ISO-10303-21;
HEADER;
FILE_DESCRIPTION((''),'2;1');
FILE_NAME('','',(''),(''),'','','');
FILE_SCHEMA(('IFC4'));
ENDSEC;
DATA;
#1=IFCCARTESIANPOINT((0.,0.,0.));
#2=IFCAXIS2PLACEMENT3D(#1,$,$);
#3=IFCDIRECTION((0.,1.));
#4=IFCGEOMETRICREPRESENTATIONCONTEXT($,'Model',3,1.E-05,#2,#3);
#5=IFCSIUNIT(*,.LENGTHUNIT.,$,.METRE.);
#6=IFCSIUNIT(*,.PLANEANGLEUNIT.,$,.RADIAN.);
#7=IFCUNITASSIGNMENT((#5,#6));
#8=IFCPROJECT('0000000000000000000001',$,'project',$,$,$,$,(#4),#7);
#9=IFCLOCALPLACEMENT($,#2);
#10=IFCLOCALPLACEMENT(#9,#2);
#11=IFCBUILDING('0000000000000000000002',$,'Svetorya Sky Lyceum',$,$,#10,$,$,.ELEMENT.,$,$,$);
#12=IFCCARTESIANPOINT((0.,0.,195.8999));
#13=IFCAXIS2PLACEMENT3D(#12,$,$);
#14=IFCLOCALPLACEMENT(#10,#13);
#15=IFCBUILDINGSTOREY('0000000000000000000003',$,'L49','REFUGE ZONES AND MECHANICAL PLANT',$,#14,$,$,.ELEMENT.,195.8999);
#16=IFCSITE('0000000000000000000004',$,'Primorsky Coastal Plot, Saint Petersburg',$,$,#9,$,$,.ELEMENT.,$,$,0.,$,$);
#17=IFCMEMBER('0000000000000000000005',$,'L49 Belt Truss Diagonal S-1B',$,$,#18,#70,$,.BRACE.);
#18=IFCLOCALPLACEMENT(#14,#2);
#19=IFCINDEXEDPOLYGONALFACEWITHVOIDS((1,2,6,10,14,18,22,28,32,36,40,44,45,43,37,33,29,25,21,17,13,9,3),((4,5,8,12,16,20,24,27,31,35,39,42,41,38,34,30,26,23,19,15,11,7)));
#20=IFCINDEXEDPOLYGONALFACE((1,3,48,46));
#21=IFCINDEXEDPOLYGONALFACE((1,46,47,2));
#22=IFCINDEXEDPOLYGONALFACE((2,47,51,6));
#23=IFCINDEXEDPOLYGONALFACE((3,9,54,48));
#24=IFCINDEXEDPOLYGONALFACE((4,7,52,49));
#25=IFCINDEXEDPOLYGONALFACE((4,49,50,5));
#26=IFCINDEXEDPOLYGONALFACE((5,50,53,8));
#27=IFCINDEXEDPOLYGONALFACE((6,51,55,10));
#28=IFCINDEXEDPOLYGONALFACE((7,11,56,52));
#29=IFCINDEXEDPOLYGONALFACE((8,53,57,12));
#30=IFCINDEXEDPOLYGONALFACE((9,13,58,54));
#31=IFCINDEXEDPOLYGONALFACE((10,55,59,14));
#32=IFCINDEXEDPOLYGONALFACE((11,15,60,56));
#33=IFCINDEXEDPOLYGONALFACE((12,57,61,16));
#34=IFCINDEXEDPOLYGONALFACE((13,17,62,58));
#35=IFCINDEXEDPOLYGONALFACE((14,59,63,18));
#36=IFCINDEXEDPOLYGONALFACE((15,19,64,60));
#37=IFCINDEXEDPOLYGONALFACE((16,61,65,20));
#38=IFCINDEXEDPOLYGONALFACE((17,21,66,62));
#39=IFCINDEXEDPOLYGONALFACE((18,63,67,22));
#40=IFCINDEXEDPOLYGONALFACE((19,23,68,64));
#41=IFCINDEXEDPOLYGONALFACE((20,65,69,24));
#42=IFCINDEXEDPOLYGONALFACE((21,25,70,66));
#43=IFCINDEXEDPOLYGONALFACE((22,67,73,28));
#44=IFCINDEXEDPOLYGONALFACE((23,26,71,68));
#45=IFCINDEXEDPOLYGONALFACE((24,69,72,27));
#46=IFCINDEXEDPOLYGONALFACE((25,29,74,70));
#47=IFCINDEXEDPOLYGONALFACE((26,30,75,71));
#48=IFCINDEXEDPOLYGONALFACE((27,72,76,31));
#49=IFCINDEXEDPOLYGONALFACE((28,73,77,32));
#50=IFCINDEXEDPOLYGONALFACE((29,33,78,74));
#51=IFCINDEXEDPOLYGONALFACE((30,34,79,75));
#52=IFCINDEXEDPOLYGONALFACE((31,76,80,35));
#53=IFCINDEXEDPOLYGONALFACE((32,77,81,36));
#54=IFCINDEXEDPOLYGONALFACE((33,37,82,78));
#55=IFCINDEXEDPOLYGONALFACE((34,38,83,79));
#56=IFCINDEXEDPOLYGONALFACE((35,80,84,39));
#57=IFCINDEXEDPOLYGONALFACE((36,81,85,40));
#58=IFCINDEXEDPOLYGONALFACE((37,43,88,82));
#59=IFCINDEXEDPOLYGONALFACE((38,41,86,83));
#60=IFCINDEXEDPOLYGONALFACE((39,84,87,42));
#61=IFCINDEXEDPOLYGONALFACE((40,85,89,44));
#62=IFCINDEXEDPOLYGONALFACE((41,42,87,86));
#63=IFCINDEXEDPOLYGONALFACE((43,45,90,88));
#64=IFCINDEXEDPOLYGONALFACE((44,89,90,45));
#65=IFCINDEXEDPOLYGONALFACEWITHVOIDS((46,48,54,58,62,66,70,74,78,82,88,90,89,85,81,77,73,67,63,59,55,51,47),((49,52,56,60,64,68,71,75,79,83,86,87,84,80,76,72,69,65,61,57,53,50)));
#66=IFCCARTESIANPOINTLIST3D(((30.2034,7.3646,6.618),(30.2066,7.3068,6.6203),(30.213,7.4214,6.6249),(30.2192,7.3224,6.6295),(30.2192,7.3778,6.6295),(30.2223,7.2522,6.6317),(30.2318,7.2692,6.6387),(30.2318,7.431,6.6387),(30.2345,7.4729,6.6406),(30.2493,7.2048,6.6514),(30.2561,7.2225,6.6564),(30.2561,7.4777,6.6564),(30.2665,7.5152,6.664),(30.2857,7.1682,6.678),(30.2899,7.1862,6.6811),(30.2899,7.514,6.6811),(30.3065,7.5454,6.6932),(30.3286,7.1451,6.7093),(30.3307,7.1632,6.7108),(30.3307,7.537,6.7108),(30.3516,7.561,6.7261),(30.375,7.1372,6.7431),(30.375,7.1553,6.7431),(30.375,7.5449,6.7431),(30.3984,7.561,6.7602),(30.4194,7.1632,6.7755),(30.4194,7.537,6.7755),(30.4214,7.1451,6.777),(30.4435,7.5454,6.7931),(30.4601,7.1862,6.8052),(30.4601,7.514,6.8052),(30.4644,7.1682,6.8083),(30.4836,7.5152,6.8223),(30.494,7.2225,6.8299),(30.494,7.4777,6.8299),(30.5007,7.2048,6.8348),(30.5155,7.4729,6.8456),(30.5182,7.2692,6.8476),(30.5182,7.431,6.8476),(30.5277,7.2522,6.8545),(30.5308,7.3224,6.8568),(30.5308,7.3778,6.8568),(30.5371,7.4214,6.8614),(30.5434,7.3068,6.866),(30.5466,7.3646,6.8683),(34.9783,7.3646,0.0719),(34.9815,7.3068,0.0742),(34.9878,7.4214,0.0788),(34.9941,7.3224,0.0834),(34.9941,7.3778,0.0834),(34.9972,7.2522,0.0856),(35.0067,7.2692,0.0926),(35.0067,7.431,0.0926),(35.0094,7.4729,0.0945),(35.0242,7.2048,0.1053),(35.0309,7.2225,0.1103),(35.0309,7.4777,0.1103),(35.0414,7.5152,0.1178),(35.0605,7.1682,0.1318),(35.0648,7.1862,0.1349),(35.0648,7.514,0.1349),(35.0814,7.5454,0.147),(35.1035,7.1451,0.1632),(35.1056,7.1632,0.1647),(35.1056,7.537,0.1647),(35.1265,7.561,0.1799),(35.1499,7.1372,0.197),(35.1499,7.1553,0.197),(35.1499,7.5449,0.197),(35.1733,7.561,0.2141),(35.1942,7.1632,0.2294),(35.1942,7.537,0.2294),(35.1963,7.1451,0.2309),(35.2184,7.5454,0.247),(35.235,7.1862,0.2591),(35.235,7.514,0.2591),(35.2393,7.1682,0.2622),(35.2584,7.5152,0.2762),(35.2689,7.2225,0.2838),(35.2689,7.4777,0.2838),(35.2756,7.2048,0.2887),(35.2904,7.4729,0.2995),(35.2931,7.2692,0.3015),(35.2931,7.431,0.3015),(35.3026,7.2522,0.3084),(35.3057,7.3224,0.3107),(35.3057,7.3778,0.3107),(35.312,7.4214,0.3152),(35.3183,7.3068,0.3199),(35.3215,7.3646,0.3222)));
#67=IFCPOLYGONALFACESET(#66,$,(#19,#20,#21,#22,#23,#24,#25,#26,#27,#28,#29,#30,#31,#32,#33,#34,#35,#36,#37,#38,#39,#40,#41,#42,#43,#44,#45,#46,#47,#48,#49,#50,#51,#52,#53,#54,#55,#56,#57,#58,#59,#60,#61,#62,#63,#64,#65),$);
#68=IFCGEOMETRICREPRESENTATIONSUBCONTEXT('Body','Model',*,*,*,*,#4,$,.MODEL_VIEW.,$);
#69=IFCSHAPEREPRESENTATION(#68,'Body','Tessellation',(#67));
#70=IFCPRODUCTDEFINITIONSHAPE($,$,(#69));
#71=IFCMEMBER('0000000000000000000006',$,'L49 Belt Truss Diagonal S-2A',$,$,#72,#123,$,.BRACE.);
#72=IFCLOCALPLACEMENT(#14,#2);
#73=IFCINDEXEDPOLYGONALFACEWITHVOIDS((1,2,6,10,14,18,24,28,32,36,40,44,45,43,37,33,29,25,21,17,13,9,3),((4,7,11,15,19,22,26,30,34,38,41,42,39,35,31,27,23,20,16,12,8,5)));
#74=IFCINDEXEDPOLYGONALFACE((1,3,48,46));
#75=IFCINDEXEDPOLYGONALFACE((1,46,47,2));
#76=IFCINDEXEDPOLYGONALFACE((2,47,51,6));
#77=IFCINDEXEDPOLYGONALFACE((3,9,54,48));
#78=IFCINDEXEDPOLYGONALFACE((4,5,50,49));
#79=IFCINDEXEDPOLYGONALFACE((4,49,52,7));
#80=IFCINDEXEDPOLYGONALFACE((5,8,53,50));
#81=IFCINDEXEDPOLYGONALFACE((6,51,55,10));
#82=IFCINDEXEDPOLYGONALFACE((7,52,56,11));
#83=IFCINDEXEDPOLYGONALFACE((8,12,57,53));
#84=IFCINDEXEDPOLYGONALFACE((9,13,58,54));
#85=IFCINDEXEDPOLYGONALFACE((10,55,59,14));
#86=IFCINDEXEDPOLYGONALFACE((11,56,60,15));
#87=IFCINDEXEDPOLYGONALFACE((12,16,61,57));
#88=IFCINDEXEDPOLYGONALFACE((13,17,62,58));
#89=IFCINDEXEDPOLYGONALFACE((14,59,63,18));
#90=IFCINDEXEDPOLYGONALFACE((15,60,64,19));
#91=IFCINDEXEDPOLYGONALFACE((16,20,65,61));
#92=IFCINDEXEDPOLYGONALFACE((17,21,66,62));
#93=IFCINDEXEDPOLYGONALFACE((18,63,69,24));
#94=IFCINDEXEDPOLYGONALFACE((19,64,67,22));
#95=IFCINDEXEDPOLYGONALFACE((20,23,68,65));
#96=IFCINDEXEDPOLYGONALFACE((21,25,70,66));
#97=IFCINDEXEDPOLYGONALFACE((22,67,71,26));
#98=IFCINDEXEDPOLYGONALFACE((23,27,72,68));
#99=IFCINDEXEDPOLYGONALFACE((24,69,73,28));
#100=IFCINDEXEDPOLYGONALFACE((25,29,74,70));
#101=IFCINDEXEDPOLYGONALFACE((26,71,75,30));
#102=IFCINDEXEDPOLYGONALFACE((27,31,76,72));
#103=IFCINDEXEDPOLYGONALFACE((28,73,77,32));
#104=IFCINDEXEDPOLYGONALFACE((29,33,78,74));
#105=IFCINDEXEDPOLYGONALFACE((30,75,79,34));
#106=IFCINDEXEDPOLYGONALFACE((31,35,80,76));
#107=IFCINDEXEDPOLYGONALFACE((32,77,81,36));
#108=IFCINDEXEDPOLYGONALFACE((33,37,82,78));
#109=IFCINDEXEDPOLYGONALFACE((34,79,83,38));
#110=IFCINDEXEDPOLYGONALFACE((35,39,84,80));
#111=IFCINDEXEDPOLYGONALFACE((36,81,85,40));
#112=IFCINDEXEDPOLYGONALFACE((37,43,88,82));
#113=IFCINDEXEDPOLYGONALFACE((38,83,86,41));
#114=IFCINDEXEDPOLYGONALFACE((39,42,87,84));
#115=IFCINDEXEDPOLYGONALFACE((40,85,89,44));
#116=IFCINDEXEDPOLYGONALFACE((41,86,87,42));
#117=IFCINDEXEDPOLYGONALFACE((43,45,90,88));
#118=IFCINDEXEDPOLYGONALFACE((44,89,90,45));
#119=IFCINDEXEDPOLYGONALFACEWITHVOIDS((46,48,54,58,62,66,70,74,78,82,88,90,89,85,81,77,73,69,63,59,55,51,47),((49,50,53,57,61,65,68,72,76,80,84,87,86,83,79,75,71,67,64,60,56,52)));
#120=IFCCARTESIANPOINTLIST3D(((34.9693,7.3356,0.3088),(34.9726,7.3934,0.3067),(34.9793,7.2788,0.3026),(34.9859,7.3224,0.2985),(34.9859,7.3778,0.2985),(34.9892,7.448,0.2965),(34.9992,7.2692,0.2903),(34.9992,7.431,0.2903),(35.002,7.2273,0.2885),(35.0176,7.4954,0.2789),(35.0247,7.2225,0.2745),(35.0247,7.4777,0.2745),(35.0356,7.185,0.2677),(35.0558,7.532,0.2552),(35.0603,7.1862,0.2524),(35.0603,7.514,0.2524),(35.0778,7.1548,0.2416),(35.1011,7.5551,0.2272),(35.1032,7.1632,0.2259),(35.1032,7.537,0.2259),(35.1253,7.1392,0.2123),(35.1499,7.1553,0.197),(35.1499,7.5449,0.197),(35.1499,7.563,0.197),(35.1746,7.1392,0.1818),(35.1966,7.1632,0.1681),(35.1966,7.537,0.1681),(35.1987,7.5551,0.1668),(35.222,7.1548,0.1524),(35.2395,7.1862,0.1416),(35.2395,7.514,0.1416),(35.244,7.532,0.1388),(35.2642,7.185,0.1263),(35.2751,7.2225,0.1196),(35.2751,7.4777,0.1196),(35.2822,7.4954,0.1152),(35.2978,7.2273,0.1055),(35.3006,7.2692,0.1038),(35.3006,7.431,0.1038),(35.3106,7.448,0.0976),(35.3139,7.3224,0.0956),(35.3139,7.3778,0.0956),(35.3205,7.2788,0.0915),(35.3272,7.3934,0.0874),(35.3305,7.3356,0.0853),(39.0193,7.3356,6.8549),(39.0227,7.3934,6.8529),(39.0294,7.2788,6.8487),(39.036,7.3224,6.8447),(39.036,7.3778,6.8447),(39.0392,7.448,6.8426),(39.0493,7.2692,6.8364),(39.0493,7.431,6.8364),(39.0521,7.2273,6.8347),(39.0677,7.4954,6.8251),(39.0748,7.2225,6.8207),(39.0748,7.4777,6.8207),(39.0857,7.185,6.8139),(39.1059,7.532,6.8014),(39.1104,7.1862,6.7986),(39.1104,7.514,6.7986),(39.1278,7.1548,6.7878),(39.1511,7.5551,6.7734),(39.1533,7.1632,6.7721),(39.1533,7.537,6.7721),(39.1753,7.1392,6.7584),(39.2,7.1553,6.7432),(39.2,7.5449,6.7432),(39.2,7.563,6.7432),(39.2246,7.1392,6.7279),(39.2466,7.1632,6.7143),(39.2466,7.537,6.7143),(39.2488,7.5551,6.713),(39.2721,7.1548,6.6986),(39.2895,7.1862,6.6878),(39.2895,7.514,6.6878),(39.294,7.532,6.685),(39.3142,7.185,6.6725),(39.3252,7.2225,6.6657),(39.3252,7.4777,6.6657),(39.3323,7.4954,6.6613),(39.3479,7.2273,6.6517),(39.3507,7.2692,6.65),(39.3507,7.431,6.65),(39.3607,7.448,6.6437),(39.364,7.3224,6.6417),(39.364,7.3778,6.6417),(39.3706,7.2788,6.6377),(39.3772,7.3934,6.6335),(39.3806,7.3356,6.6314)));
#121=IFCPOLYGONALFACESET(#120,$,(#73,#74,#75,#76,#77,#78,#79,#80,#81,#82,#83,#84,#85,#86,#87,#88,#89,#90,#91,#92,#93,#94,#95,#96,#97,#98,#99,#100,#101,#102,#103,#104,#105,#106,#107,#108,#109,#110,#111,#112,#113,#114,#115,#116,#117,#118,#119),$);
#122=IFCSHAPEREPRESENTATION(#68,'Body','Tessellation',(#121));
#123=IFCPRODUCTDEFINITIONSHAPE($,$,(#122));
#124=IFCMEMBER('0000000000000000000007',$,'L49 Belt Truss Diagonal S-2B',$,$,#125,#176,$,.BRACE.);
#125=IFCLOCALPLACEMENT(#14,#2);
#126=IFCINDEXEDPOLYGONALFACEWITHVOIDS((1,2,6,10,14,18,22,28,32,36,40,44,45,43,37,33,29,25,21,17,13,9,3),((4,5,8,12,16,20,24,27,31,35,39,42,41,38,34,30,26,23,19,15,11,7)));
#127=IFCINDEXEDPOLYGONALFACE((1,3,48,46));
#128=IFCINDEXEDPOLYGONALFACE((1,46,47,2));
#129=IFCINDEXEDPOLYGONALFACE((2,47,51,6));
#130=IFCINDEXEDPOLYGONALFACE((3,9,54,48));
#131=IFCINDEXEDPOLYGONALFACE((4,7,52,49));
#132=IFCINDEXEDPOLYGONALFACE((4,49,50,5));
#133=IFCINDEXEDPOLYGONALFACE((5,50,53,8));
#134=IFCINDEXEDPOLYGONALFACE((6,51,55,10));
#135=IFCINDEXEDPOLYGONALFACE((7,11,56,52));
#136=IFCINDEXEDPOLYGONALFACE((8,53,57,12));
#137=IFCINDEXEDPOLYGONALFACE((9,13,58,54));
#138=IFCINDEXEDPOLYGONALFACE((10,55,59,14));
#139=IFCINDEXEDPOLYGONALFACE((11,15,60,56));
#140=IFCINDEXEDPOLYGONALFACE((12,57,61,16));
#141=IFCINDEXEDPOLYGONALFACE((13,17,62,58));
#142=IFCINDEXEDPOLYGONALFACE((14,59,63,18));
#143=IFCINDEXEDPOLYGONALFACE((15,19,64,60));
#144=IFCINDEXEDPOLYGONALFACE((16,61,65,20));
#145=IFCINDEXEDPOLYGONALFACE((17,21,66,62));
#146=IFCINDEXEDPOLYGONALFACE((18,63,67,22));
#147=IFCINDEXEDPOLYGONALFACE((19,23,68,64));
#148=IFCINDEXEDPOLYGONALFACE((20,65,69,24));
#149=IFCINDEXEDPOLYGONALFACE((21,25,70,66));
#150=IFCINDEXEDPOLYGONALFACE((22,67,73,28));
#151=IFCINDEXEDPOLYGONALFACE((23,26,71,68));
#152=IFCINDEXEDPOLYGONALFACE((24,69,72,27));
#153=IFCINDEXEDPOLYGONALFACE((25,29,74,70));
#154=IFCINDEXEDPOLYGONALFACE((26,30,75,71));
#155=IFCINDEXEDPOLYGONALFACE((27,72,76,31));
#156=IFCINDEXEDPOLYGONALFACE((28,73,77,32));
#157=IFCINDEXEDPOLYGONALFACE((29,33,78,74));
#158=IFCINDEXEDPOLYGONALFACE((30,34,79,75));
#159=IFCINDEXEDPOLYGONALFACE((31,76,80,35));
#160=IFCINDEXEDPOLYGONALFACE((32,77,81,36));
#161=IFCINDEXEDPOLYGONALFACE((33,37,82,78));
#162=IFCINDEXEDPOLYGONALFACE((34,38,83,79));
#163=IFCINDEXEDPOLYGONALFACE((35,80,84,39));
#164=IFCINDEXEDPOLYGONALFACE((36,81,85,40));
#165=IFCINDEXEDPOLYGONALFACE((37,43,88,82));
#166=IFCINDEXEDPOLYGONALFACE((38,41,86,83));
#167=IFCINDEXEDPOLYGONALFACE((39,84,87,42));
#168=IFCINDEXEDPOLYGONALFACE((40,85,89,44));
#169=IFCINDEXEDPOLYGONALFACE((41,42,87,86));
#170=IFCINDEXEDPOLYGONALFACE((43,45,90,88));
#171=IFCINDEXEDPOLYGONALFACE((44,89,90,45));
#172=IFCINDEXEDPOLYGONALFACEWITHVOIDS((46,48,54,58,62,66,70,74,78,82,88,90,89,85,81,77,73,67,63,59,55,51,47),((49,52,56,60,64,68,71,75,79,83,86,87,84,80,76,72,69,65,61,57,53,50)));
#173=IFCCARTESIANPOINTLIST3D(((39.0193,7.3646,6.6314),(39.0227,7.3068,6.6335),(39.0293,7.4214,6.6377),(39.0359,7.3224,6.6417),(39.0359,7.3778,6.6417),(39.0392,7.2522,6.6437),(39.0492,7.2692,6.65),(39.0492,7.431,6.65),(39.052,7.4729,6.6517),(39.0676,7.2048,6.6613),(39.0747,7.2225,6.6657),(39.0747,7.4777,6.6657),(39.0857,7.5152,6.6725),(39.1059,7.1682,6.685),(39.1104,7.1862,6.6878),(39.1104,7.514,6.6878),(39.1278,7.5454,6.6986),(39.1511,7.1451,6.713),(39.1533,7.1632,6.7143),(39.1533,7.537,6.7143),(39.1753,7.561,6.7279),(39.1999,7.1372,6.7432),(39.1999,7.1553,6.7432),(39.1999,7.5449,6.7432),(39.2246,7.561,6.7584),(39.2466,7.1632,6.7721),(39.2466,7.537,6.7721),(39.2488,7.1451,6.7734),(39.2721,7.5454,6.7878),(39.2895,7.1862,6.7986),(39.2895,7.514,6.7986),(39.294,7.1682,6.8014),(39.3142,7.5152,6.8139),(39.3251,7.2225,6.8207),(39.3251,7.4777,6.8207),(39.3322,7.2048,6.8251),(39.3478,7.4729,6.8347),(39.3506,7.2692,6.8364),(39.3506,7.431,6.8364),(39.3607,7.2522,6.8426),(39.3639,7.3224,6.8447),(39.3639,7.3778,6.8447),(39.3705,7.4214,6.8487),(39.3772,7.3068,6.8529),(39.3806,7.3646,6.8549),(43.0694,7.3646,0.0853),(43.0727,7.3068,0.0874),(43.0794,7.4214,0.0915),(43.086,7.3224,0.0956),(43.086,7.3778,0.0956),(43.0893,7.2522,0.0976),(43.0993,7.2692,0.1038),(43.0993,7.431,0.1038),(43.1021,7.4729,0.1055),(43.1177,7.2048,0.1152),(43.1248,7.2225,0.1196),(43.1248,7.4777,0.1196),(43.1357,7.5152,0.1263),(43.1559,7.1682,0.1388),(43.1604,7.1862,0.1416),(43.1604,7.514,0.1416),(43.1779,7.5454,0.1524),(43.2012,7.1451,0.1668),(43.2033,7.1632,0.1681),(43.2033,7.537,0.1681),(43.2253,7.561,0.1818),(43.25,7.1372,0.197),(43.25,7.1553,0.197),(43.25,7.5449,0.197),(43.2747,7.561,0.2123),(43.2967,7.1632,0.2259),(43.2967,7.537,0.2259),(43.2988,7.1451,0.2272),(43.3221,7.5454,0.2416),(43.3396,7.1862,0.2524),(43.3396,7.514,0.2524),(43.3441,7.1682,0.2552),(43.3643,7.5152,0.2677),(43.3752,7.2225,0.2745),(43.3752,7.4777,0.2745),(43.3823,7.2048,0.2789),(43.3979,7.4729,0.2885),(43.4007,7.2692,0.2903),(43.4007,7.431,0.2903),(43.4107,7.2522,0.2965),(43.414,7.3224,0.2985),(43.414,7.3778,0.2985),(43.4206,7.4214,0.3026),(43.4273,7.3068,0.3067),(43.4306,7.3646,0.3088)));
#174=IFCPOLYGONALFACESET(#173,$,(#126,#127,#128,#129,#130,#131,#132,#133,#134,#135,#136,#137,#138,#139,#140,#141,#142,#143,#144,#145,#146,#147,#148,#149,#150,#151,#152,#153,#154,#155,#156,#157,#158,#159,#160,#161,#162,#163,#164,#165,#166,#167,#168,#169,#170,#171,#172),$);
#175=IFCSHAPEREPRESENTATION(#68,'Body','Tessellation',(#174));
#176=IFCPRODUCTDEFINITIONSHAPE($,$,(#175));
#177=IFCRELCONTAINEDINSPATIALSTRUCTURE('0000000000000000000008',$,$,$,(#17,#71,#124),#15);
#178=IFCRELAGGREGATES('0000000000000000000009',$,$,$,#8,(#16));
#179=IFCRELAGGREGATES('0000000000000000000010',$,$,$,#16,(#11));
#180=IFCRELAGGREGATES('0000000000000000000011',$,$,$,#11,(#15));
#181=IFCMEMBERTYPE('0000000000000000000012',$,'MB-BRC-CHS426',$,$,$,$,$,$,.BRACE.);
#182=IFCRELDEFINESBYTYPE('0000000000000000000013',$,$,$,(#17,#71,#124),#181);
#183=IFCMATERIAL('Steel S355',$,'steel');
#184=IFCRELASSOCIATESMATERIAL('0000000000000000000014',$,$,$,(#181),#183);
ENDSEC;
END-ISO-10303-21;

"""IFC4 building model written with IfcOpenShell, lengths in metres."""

from ifc_helpers import new_model, si_unit, direction, frame, origin, origin_2d, place, context, subcontext, project, spatial, hollow_circle, extrude, material, material_profile, profile_set, type_object, element, save


model = new_model("IFC4")

# Units and contexts
model_context = context("Model", 3, precision=1e-05, world=origin(), true_north=direction((0.0, 1.0)))
body_context = subcontext(model_context, "Body", "Model", "MODEL_VIEW")
ifc_project = project(units=[si_unit("LENGTHUNIT", "METRE"), si_unit("PLANEANGLEUNIT", "RADIAN")], contexts=[model_context])

# Site, building, storey
site_placement = place(None, origin())
site = spatial("IfcSite", under=ifc_project, at=site_placement, Name="Primorsky Coastal Plot, Saint Petersburg", CompositionType="ELEMENT", RefElevation=0.0)
building_placement = place(site_placement, origin())
building = spatial("IfcBuilding", under=site, at=building_placement, Name="Svetorya Sky Lyceum", CompositionType="ELEMENT")
storey_placement = place(building_placement, frame((0.0, 0.0, 195.8999)))
storey = spatial("IfcBuildingStorey", under=building, at=storey_placement, Name="L49", Description="REFUGE ZONES AND MECHANICAL PLANT", CompositionType="ELEMENT", Elevation=195.8999)

# Shared definitions
ifc_material_1 = material(Name="Steel S355", Category="steel")

# Members
ifc_material_profile_1 = material_profile(ifc_material_1, hollow_circle(Radius=0.2129, WallThickness=0.0181, at=origin_2d()), Name="CHS 426x18")
ifc_profile_set_1 = profile_set([ifc_material_profile_1], Name="Steel S355")
member_type_1 = type_object("IfcMemberType", Name="MB-BRC-CHS426", PredefinedType="BRACE", material=ifc_profile_set_1)
member_1_placement = place(storey_placement, frame((35.1499, 7.3501, 0.197), z_axis=(-0.589307, 0.0, 0.807909), x_axis=(0.0, -1.0, 0.0)))
element("IfcMember", 1, at=member_1_placement, inside=storey, type_object=member_type_1, Name="L49 Belt Truss Diagonal S-1B", PredefinedType="BRACE", context=body_context, shape_type="SweptSolid", body=[
    extrude(hollow_circle(Radius=0.2129, WallThickness=0.0181, at=origin_2d()), origin(), (0.0, 0.0, 1.0), 8.1025),
])
for number, where, z_axis, x_axis, name in (
    (2, (35.1499, 7.3501, 0.197), (0.526136, 0.0, 0.8504), (0.0, 1.0, 0.0), "L49 Belt Truss Diagonal S-2A"),
    (3, (43.25, 7.3501, 0.197), (-0.526136, 0.0, 0.8504), (0.0, -1.0, 0.0), "L49 Belt Truss Diagonal S-2B"),
):
    element("IfcMember", number, at=place(storey_placement, frame(where, z_axis=z_axis, x_axis=x_axis)), inside=storey, type_object=member_type_1, Name=name, PredefinedType="BRACE", context=body_context, shape_type="SweptSolid", body=[
        extrude(hollow_circle(Radius=0.2129, WallThickness=0.0181, at=origin_2d()), origin(), (0.0, 0.0, 1.0), 7.6978),
    ])

save(model, "model.ifc")
